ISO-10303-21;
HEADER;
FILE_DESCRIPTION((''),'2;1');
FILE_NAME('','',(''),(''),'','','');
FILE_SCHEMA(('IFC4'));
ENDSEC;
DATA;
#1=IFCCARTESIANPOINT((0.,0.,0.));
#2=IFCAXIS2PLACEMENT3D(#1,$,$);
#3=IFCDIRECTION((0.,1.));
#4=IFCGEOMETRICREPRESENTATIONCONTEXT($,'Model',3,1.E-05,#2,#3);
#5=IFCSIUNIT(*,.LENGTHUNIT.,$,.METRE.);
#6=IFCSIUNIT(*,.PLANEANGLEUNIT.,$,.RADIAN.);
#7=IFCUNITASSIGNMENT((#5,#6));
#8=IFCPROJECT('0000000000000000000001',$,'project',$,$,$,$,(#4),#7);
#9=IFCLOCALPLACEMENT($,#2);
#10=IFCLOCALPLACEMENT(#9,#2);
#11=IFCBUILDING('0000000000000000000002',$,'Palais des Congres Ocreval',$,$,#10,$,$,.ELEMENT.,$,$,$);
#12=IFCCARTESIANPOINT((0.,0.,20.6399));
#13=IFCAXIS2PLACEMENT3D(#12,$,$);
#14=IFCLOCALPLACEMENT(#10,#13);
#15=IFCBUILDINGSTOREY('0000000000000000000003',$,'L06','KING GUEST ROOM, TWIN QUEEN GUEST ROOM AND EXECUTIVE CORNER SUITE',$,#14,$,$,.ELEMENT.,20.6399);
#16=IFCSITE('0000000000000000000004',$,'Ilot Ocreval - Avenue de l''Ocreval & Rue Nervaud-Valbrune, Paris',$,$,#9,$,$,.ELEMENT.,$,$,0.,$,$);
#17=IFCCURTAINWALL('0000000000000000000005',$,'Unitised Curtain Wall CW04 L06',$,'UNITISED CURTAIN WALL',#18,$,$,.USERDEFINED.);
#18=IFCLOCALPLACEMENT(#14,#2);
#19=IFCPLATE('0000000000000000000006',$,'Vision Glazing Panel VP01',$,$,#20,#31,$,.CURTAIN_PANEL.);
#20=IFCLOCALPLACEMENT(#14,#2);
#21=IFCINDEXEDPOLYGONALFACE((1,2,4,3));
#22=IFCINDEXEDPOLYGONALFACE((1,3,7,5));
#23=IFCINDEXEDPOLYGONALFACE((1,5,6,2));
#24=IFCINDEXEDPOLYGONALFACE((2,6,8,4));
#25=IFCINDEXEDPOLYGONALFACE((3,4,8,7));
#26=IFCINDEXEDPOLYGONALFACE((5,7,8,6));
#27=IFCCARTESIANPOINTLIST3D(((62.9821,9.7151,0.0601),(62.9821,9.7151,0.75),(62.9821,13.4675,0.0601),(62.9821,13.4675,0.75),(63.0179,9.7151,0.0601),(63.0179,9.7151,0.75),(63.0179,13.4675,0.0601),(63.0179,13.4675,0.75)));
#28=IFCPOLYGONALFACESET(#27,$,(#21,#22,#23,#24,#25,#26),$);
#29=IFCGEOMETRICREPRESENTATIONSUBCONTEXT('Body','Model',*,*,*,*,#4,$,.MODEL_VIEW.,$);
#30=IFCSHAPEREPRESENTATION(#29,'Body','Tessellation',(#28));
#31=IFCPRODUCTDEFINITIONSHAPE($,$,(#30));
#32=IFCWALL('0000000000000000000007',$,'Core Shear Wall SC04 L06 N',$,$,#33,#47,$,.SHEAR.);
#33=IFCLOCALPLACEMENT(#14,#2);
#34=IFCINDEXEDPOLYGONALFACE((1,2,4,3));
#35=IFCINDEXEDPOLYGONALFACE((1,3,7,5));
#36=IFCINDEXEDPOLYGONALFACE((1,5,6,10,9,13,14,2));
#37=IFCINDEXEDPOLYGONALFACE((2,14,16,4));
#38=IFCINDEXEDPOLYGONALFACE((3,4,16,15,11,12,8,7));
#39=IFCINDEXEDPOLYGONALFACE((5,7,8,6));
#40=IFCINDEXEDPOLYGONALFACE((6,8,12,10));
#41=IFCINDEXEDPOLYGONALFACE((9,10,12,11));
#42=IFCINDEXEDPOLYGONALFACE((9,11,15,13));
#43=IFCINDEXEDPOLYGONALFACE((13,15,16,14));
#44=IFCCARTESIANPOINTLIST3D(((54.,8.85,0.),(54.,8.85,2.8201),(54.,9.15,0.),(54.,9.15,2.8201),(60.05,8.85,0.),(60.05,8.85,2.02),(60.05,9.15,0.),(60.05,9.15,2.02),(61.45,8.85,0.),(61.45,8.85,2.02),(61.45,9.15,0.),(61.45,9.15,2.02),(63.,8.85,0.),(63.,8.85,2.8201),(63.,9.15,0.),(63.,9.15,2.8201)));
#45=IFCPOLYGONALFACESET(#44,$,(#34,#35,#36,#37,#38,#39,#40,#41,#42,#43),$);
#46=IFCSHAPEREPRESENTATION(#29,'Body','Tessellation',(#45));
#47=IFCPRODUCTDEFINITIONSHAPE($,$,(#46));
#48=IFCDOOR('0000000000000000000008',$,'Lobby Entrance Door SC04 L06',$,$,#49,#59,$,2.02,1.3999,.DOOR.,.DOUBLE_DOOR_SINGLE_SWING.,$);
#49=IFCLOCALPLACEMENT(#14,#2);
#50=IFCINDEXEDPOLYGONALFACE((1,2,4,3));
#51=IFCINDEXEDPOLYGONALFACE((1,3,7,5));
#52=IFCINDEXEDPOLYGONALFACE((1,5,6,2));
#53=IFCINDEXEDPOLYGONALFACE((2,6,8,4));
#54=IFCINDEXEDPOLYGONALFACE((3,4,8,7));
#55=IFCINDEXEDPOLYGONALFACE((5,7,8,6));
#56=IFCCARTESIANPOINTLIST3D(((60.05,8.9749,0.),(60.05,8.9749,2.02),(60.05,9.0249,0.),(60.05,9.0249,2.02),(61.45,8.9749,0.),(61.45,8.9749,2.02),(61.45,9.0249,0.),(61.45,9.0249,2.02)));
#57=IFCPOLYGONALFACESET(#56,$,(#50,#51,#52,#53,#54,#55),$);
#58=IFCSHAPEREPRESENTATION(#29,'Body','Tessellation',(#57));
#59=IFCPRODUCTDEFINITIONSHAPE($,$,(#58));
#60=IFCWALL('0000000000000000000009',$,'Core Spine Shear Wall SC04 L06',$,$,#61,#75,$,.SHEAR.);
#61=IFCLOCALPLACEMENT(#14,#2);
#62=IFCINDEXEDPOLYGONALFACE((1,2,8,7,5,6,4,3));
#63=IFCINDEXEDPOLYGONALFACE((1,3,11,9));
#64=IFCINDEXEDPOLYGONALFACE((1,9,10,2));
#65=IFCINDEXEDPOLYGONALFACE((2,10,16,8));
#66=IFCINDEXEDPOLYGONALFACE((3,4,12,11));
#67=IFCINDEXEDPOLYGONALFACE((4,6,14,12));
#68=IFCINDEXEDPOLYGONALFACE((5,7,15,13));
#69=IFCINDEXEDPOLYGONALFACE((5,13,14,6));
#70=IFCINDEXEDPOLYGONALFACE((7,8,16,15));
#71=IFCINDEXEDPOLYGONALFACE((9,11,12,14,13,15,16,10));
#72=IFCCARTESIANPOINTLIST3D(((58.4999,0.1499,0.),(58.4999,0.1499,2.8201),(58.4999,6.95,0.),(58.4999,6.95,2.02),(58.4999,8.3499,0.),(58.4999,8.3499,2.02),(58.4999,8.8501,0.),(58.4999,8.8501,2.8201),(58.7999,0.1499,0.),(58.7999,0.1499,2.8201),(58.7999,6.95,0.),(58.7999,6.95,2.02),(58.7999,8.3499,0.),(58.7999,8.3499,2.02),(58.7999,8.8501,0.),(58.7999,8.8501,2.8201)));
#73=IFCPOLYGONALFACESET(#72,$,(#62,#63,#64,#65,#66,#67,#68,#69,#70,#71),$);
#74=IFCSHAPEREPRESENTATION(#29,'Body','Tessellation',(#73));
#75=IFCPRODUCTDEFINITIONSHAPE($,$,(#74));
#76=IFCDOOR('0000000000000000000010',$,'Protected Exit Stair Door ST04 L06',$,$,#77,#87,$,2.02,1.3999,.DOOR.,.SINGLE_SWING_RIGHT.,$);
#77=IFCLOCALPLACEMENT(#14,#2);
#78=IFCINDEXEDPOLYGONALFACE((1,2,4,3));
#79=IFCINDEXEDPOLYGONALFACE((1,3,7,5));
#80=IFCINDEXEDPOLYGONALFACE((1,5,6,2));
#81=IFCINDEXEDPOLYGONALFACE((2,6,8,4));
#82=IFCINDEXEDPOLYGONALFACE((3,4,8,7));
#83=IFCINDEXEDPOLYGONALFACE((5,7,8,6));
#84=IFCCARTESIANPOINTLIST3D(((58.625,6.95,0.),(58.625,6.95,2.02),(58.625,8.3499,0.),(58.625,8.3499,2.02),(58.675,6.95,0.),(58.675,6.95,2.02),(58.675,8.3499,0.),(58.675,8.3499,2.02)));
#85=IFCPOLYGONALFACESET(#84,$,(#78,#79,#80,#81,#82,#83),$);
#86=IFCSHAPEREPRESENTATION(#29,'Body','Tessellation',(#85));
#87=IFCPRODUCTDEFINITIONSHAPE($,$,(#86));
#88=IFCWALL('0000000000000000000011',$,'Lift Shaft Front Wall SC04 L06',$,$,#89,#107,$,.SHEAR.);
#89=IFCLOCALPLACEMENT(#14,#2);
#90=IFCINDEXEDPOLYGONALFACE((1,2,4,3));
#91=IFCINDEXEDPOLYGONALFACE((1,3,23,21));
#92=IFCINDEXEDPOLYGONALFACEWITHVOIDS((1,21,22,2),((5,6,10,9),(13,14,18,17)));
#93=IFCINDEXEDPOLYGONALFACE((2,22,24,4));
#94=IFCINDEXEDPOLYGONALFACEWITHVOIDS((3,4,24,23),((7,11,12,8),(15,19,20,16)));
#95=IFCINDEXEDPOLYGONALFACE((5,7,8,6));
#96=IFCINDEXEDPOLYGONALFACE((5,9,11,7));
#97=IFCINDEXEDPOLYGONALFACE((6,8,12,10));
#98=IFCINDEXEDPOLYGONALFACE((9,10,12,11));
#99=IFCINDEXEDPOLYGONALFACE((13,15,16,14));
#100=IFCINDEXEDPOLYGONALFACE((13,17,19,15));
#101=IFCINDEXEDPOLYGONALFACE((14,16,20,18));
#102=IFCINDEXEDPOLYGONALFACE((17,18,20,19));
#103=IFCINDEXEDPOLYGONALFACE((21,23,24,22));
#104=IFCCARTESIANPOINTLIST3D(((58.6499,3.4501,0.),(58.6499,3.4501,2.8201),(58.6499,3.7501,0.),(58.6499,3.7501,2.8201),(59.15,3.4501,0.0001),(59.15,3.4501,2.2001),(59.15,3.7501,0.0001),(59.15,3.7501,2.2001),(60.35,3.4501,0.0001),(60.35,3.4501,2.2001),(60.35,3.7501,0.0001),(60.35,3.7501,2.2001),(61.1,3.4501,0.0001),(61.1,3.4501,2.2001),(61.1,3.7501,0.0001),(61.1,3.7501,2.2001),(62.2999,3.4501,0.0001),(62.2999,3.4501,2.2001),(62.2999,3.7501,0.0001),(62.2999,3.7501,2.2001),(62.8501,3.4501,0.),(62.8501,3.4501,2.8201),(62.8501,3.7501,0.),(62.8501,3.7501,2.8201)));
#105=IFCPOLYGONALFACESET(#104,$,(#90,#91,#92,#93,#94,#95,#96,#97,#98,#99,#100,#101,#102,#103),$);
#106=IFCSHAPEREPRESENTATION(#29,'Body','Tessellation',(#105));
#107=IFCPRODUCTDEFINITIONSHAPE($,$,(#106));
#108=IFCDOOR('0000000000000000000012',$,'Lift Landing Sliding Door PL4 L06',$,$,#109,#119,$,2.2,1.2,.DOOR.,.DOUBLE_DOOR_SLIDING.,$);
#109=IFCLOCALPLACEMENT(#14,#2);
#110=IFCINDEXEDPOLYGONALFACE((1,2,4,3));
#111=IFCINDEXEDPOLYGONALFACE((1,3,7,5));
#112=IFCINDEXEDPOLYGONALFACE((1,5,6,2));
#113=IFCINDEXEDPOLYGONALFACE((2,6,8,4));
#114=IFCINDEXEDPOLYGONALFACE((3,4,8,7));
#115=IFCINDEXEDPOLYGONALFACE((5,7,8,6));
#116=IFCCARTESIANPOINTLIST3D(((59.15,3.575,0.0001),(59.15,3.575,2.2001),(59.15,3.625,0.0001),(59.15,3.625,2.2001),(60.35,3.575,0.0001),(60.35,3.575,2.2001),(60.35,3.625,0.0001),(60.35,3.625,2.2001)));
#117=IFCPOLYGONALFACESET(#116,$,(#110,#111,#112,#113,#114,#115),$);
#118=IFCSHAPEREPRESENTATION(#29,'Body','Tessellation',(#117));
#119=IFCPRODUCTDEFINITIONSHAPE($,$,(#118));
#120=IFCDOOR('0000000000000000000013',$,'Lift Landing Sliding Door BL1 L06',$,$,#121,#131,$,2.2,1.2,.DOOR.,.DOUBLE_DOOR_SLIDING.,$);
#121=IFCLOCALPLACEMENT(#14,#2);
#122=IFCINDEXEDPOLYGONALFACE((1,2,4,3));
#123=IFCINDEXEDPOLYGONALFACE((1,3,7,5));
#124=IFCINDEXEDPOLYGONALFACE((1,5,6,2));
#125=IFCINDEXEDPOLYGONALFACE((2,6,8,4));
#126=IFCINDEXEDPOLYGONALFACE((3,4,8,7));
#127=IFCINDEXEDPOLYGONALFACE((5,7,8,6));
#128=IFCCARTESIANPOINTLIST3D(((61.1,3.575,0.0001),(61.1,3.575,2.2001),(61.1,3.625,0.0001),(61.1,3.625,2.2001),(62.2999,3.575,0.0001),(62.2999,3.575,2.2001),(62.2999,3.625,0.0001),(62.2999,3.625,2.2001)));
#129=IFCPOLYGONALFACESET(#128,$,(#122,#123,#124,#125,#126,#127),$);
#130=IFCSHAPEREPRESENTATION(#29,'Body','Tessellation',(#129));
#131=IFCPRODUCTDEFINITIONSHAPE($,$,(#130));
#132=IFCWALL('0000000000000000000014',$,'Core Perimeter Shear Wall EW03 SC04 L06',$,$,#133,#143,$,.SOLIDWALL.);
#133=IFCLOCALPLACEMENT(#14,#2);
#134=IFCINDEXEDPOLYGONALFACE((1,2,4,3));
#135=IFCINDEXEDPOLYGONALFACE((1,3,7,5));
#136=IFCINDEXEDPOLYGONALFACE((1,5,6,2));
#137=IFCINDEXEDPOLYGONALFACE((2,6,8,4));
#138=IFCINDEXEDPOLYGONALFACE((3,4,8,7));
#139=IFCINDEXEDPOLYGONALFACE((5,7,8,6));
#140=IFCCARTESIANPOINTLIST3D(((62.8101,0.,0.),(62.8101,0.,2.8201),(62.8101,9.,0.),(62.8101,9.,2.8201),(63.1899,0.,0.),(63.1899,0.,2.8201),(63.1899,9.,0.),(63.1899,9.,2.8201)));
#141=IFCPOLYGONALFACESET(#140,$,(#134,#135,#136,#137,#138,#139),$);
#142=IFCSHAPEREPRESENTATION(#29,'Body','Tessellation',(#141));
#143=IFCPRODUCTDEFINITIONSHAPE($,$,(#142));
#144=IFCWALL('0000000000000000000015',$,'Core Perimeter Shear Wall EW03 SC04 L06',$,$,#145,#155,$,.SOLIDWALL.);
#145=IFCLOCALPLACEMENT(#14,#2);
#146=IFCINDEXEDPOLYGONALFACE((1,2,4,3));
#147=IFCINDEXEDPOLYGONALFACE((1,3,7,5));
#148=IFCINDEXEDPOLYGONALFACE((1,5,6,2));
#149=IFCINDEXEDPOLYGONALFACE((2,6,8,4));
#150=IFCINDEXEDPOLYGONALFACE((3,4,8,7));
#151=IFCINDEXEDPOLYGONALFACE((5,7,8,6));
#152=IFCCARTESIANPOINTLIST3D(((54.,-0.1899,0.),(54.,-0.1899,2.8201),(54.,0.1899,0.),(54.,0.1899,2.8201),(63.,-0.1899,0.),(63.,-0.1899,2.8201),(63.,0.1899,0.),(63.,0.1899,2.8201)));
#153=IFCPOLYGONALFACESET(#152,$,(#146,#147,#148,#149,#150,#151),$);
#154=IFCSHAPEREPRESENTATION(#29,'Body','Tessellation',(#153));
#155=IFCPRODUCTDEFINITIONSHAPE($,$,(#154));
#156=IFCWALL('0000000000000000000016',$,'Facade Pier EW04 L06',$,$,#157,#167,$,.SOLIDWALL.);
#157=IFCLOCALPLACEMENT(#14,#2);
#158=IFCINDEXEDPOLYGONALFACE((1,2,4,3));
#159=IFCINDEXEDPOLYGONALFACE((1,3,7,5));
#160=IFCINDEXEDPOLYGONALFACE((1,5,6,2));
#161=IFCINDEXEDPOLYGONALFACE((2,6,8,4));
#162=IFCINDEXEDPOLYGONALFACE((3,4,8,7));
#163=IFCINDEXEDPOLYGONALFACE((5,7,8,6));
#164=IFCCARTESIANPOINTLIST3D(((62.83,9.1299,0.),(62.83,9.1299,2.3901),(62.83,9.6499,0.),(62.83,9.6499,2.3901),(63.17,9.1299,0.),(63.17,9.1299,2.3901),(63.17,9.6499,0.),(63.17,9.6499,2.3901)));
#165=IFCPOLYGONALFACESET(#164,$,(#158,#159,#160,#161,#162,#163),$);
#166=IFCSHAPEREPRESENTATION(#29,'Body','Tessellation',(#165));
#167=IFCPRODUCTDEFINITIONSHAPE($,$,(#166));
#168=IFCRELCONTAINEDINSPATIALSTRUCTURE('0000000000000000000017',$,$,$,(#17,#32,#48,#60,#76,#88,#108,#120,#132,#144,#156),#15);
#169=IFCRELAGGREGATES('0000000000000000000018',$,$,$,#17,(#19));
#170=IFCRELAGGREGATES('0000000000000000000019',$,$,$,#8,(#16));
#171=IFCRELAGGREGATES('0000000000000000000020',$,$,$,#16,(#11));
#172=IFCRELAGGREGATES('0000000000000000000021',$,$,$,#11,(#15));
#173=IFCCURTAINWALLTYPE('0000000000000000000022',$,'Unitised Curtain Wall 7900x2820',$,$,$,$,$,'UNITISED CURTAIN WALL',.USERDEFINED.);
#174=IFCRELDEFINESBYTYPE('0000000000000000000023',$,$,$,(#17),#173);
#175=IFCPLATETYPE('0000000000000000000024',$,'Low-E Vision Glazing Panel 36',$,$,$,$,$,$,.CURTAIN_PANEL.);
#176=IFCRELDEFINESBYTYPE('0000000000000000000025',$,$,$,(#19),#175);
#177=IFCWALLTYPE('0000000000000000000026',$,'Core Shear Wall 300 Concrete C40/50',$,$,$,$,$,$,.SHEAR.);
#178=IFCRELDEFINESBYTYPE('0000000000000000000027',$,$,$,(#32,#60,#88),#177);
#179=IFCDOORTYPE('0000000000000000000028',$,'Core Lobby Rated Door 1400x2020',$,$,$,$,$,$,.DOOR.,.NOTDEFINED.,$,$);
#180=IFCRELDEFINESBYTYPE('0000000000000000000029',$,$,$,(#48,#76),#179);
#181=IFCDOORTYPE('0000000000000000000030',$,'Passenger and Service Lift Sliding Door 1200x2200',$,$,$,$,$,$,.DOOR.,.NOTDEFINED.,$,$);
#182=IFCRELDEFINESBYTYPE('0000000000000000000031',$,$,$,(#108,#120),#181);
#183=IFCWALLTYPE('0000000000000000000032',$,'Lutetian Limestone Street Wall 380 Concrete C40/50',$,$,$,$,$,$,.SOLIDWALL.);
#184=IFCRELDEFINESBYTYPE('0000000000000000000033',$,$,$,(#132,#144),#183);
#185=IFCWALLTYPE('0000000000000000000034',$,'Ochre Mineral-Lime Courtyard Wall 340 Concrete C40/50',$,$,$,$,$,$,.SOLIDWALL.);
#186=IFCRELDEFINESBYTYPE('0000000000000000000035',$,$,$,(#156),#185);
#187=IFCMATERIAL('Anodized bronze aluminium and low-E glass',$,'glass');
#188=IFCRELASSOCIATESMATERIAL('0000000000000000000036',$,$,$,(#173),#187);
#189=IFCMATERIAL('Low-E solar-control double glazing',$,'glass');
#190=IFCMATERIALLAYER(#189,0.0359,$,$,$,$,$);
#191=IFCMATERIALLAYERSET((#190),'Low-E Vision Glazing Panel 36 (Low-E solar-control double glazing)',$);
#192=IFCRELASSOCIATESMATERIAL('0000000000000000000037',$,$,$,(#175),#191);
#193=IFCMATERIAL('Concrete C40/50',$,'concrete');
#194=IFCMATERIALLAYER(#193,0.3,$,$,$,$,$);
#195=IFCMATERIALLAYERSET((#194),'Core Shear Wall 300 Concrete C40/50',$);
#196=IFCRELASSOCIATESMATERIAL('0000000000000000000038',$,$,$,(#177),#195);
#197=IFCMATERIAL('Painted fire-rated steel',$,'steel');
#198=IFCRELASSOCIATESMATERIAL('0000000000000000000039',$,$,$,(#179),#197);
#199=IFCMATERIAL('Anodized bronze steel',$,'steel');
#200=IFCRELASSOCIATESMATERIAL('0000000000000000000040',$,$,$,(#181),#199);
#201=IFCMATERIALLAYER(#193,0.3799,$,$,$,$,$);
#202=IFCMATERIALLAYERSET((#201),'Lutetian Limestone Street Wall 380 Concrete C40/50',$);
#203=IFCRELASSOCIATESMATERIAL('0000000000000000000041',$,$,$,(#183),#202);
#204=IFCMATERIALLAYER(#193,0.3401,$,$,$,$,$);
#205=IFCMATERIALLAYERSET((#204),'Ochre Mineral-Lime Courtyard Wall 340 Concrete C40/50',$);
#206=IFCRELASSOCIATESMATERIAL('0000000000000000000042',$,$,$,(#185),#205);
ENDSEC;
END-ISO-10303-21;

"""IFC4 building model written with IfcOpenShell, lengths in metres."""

from ifc_helpers import new_model, si_unit, direction, frame, frame_2d, origin, origin_2d, place, context, subcontext, project, spatial, rectangle, extrude, material, layer, layer_set, type_object, element, fill, aggregate, save


model = new_model("IFC4")

# Units and contexts
model_context = context("Model", 3, precision=1e-05, world=origin(), true_north=direction((0.0, 1.0)))
body_context = subcontext(model_context, "Body", "Model", "MODEL_VIEW")
ifc_project = project(units=[si_unit("LENGTHUNIT", "METRE"), si_unit("PLANEANGLEUNIT", "RADIAN")], contexts=[model_context])

# Site, building, storey
site_placement = place(None, origin())
site = spatial("IfcSite", under=ifc_project, at=site_placement, Name="Ilot Ocreval - Avenue de l'Ocreval & Rue Nervaud-Valbrune, Paris", CompositionType="ELEMENT", RefElevation=0.0)
building_placement = place(site_placement, origin())
building = spatial("IfcBuilding", under=site, at=building_placement, Name="Palais des Congres Ocreval", CompositionType="ELEMENT")
storey_placement = place(building_placement, frame((0.0, 0.0, 20.6399)))
storey = spatial("IfcBuildingStorey", under=building, at=storey_placement, Name="L06", Description="KING GUEST ROOM, TWIN QUEEN GUEST ROOM AND EXECUTIVE CORNER SUITE", CompositionType="ELEMENT", Elevation=20.6399)

# Shared definitions
ifc_material_1 = material(Name="Concrete C40/50", Category="concrete")

# Curtain wall
ifc_material_2 = material(Name="Anodized bronze aluminium and low-E glass", Category="glass")
curtain_wall_type = type_object("IfcCurtainWallType", Name="Unitised Curtain Wall 7900x2820", ElementType="UNITISED CURTAIN WALL", PredefinedType="USERDEFINED", material=ifc_material_2)
curtain_wall_placement = place(storey_placement, origin())
curtain_wall = element("IfcCurtainWall", 1, at=curtain_wall_placement, inside=storey, type_object=curtain_wall_type, Name="Unitised Curtain Wall CW04 L06", ObjectType="UNITISED CURTAIN WALL", PredefinedType="USERDEFINED")

# Plate
ifc_material_3 = material(Name="Low-E solar-control double glazing", Category="glass")
ifc_layer_1 = layer(ifc_material_3, 0.0359)
ifc_layer_set_1 = layer_set([ifc_layer_1], Name="Low-E Vision Glazing Panel 36 (Low-E solar-control double glazing)")
plate_type = type_object("IfcPlateType", Name="Low-E Vision Glazing Panel 36", PredefinedType="CURTAIN_PANEL", material=ifc_layer_set_1)
plate_placement = place(storey_placement, frame((63.0, 11.5913, 0.0601), z_axis=(0.0, 0.0, 1.0), x_axis=(0.0, -1.0, 0.0)))
plate = element("IfcPlate", 2, at=plate_placement, type_object=plate_type, Name="Vision Glazing Panel VP01", PredefinedType="CURTAIN_PANEL", context=body_context, shape_type="SweptSolid", body=[
    extrude(rectangle(XDim=3.7524, YDim=0.0359, at=origin_2d()), origin(), (0.0, 0.0, 1.0), 0.6899),
])
aggregate(curtain_wall, [plate])

# Walls, openings, doors
ifc_layer_2 = layer(ifc_material_1, 0.3)
ifc_layer_set_2 = layer_set([ifc_layer_2], Name="Core Shear Wall 300 Concrete C40/50")
wall_type_1 = type_object("IfcWallType", Name="Core Shear Wall 300 Concrete C40/50", PredefinedType="SHEAR", material=ifc_layer_set_2)
wall_1_placement = place(storey_placement, frame((54.0, 9.0, 0.0), z_axis=(0.0, 0.0, 1.0), x_axis=(1.0, 0.0, 0.0)))
wall_1 = element("IfcWall", 3, at=wall_1_placement, inside=storey, type_object=wall_type_1, Name="Core Shear Wall SC04 L06 N", PredefinedType="SHEAR", context=body_context, shape_type="SweptSolid", body=[
    extrude(rectangle(XDim=9.0, YDim=0.3, at=frame_2d((4.5, 0.0))), origin(), (0.0, 0.0, 1.0), 2.8201),
])
opening_1_placement = place(wall_1_placement, frame((6.05, 0.0, 0.0)))
opening_1 = element("IfcOpeningElement", 4, at=opening_1_placement, cuts=wall_1, PredefinedType="OPENING", context=body_context, shape_type="SweptSolid", body=[
    extrude(rectangle(XDim=1.3999, YDim=2.02, at=frame_2d((0.7, 1.01))), frame((0.0, 0.1599, 0.0), z_axis=(0.0, -1.0, 0.0), x_axis=(1.0, 0.0, 0.0)), (0.0, 0.0, 1.0), 0.3201),
])
ifc_material_4 = material(Name="Painted fire-rated steel", Category="steel")
door_type_1 = type_object("IfcDoorType", Name="Core Lobby Rated Door 1400x2020", OperationType="NOTDEFINED", PredefinedType="DOOR", material=ifc_material_4)
door_1_placement = place(opening_1_placement, origin())
door_1 = element("IfcDoor", 5, at=door_1_placement, inside=storey, type_object=door_type_1, Name="Lobby Entrance Door SC04 L06", OperationType="DOUBLE_DOOR_SINGLE_SWING", OverallHeight=2.02, OverallWidth=1.3999, PredefinedType="DOOR", context=body_context, shape_type="SweptSolid", body=[
    extrude(rectangle(XDim=1.3999, YDim=2.02, at=frame_2d((0.7, 1.01))), frame((0.0, 0.0249, 0.0), z_axis=(0.0, -1.0, 0.0), x_axis=(1.0, 0.0, 0.0)), (0.0, 0.0, 1.0), 0.05),
])
fill(opening_1, door_1)
wall_2_placement = place(storey_placement, frame((58.6499, 0.1499, 0.0), z_axis=(0.0, 0.0, 1.0), x_axis=(0.0, 1.0, 0.0)))
wall_2 = element("IfcWall", 6, at=wall_2_placement, inside=storey, type_object=wall_type_1, Name="Core Spine Shear Wall SC04 L06", PredefinedType="SHEAR", context=body_context, shape_type="SweptSolid", body=[
    extrude(rectangle(XDim=8.7002, YDim=0.3, at=frame_2d((4.3501, 0.0))), origin(), (0.0, 0.0, 1.0), 2.8201),
])
opening_2_placement = place(wall_2_placement, frame((6.8, 0.0, 0.0)))
opening_2 = element("IfcOpeningElement", 7, at=opening_2_placement, cuts=wall_2, PredefinedType="OPENING", context=body_context, shape_type="SweptSolid", body=[
    extrude(rectangle(XDim=1.3999, YDim=2.02, at=frame_2d((0.7, 1.01))), frame((0.0, 0.1599, 0.0), z_axis=(0.0, -1.0, 0.0), x_axis=(1.0, 0.0, 0.0)), (0.0, 0.0, 1.0), 0.3201),
])
door_2_placement = place(opening_2_placement, origin())
door_2 = element("IfcDoor", 8, at=door_2_placement, inside=storey, type_object=door_type_1, Name="Protected Exit Stair Door ST04 L06", OperationType="SINGLE_SWING_RIGHT", OverallHeight=2.02, OverallWidth=1.3999, PredefinedType="DOOR", context=body_context, shape_type="SweptSolid", body=[
    extrude(rectangle(XDim=1.3999, YDim=2.02, at=frame_2d((0.7, 1.01))), frame((0.0, 0.0249, 0.0), z_axis=(0.0, -1.0, 0.0), x_axis=(1.0, 0.0, 0.0)), (0.0, 0.0, 1.0), 0.05),
])
fill(opening_2, door_2)

# Wall, openings, doors
wall_3_placement = place(storey_placement, frame((58.6499, 3.6001, 0.0), z_axis=(0.0, 0.0, 1.0), x_axis=(1.0, 0.0, 0.0)))
wall_3 = element("IfcWall", 9, at=wall_3_placement, inside=storey, type_object=wall_type_1, Name="Lift Shaft Front Wall SC04 L06", PredefinedType="SHEAR", context=body_context, shape_type="SweptSolid", body=[
    extrude(rectangle(XDim=4.2002, YDim=0.3, at=frame_2d((2.1001, 0.0))), origin(), (0.0, 0.0, 1.0), 2.8201),
])
opening_3_placement = place(wall_3_placement, frame((0.5, 0.0, 0.0)))
opening_3 = element("IfcOpeningElement", 10, at=opening_3_placement, cuts=wall_3, PredefinedType="OPENING", context=body_context, shape_type="SweptSolid", body=[
    extrude(rectangle(XDim=1.2, YDim=2.2, at=frame_2d((0.6001, 1.1001))), frame((0.0, 0.1599, 0.0), z_axis=(0.0, -1.0, 0.0), x_axis=(1.0, 0.0, 0.0)), (0.0, 0.0, 1.0), 0.3201),
])
opening_4_placement = place(wall_3_placement, frame((2.45, 0.0, 0.0)))
opening_4 = element("IfcOpeningElement", 11, at=opening_4_placement, cuts=wall_3, PredefinedType="OPENING", context=body_context, shape_type="SweptSolid", body=[
    extrude(rectangle(XDim=1.2, YDim=2.2, at=frame_2d((0.6001, 1.1001))), frame((0.0, 0.1599, 0.0), z_axis=(0.0, -1.0, 0.0), x_axis=(1.0, 0.0, 0.0)), (0.0, 0.0, 1.0), 0.3201),
])
ifc_material_5 = material(Name="Anodized bronze steel", Category="steel")
door_type_2 = type_object("IfcDoorType", Name="Passenger and Service Lift Sliding Door 1200x2200", OperationType="NOTDEFINED", PredefinedType="DOOR", material=ifc_material_5)
door_3_placement = place(opening_3_placement, origin())
door_3 = element("IfcDoor", 12, at=door_3_placement, inside=storey, type_object=door_type_2, Name="Lift Landing Sliding Door PL4 L06", OperationType="DOUBLE_DOOR_SLIDING", OverallHeight=2.2, OverallWidth=1.2, PredefinedType="DOOR", context=body_context, shape_type="SweptSolid", body=[
    extrude(rectangle(XDim=1.2, YDim=2.2, at=frame_2d((0.6001, 1.1001))), frame((0.0, 0.0249, 0.0), z_axis=(0.0, -1.0, 0.0), x_axis=(1.0, 0.0, 0.0)), (0.0, 0.0, 1.0), 0.05),
])
fill(opening_3, door_3)
door_4_placement = place(opening_4_placement, origin())
door_4 = element("IfcDoor", 13, at=door_4_placement, inside=storey, type_object=door_type_2, Name="Lift Landing Sliding Door BL1 L06", OperationType="DOUBLE_DOOR_SLIDING", OverallHeight=2.2, OverallWidth=1.2, PredefinedType="DOOR", context=body_context, shape_type="SweptSolid", body=[
    extrude(rectangle(XDim=1.2, YDim=2.2, at=frame_2d((0.6001, 1.1001))), frame((0.0, 0.0249, 0.0), z_axis=(0.0, -1.0, 0.0), x_axis=(1.0, 0.0, 0.0)), (0.0, 0.0, 1.0), 0.05),
])
fill(opening_4, door_4)

# Walls
ifc_layer_3 = layer(ifc_material_1, 0.3799)
ifc_layer_set_3 = layer_set([ifc_layer_3], Name="Lutetian Limestone Street Wall 380 Concrete C40/50")
wall_type_2 = type_object("IfcWallType", Name="Lutetian Limestone Street Wall 380 Concrete C40/50", PredefinedType="SOLIDWALL", material=ifc_layer_set_3)
for number, where, z_axis, x_axis, name in (
    (14, (63.0, 9.0, 0.0), (0.0, 0.0, 1.0), (0.0, -1.0, 0.0), "Core Perimeter Shear Wall EW03 SC04 L06"),
    (15, (63.0, 0.0, 0.0), (0.0, 0.0, 1.0), (-1.0, 0.0, 0.0), "Core Perimeter Shear Wall EW03 SC04 L06"),
):
    element("IfcWall", number, at=place(storey_placement, frame(where, z_axis=z_axis, x_axis=x_axis)), inside=storey, type_object=wall_type_2, Name=name, PredefinedType="SOLIDWALL", context=body_context, shape_type="SweptSolid", body=[
        extrude(rectangle(XDim=9.0, YDim=0.3799, at=frame_2d((4.5, 0.0))), origin(), (0.0, 0.0, 1.0), 2.8201),
    ])
ifc_layer_4 = layer(ifc_material_1, 0.3401)
ifc_layer_set_4 = layer_set([ifc_layer_4], Name="Ochre Mineral-Lime Courtyard Wall 340 Concrete C40/50")
wall_type_3 = type_object("IfcWallType", Name="Ochre Mineral-Lime Courtyard Wall 340 Concrete C40/50", PredefinedType="SOLIDWALL", material=ifc_layer_set_4)
wall_4_placement = place(storey_placement, frame((63.0, 9.6499, 0.0), z_axis=(0.0, 0.0, 1.0), x_axis=(0.0, -1.0, 0.0)))
element("IfcWall", 16, at=wall_4_placement, inside=storey, type_object=wall_type_3, Name="Facade Pier EW04 L06", PredefinedType="SOLIDWALL", context=body_context, shape_type="SweptSolid", body=[
    extrude(rectangle(XDim=0.52, YDim=0.3401, at=frame_2d((0.26, 0.0))), origin(), (0.0, 0.0, 1.0), 2.3901),
])

save(model, "model.ifc")
